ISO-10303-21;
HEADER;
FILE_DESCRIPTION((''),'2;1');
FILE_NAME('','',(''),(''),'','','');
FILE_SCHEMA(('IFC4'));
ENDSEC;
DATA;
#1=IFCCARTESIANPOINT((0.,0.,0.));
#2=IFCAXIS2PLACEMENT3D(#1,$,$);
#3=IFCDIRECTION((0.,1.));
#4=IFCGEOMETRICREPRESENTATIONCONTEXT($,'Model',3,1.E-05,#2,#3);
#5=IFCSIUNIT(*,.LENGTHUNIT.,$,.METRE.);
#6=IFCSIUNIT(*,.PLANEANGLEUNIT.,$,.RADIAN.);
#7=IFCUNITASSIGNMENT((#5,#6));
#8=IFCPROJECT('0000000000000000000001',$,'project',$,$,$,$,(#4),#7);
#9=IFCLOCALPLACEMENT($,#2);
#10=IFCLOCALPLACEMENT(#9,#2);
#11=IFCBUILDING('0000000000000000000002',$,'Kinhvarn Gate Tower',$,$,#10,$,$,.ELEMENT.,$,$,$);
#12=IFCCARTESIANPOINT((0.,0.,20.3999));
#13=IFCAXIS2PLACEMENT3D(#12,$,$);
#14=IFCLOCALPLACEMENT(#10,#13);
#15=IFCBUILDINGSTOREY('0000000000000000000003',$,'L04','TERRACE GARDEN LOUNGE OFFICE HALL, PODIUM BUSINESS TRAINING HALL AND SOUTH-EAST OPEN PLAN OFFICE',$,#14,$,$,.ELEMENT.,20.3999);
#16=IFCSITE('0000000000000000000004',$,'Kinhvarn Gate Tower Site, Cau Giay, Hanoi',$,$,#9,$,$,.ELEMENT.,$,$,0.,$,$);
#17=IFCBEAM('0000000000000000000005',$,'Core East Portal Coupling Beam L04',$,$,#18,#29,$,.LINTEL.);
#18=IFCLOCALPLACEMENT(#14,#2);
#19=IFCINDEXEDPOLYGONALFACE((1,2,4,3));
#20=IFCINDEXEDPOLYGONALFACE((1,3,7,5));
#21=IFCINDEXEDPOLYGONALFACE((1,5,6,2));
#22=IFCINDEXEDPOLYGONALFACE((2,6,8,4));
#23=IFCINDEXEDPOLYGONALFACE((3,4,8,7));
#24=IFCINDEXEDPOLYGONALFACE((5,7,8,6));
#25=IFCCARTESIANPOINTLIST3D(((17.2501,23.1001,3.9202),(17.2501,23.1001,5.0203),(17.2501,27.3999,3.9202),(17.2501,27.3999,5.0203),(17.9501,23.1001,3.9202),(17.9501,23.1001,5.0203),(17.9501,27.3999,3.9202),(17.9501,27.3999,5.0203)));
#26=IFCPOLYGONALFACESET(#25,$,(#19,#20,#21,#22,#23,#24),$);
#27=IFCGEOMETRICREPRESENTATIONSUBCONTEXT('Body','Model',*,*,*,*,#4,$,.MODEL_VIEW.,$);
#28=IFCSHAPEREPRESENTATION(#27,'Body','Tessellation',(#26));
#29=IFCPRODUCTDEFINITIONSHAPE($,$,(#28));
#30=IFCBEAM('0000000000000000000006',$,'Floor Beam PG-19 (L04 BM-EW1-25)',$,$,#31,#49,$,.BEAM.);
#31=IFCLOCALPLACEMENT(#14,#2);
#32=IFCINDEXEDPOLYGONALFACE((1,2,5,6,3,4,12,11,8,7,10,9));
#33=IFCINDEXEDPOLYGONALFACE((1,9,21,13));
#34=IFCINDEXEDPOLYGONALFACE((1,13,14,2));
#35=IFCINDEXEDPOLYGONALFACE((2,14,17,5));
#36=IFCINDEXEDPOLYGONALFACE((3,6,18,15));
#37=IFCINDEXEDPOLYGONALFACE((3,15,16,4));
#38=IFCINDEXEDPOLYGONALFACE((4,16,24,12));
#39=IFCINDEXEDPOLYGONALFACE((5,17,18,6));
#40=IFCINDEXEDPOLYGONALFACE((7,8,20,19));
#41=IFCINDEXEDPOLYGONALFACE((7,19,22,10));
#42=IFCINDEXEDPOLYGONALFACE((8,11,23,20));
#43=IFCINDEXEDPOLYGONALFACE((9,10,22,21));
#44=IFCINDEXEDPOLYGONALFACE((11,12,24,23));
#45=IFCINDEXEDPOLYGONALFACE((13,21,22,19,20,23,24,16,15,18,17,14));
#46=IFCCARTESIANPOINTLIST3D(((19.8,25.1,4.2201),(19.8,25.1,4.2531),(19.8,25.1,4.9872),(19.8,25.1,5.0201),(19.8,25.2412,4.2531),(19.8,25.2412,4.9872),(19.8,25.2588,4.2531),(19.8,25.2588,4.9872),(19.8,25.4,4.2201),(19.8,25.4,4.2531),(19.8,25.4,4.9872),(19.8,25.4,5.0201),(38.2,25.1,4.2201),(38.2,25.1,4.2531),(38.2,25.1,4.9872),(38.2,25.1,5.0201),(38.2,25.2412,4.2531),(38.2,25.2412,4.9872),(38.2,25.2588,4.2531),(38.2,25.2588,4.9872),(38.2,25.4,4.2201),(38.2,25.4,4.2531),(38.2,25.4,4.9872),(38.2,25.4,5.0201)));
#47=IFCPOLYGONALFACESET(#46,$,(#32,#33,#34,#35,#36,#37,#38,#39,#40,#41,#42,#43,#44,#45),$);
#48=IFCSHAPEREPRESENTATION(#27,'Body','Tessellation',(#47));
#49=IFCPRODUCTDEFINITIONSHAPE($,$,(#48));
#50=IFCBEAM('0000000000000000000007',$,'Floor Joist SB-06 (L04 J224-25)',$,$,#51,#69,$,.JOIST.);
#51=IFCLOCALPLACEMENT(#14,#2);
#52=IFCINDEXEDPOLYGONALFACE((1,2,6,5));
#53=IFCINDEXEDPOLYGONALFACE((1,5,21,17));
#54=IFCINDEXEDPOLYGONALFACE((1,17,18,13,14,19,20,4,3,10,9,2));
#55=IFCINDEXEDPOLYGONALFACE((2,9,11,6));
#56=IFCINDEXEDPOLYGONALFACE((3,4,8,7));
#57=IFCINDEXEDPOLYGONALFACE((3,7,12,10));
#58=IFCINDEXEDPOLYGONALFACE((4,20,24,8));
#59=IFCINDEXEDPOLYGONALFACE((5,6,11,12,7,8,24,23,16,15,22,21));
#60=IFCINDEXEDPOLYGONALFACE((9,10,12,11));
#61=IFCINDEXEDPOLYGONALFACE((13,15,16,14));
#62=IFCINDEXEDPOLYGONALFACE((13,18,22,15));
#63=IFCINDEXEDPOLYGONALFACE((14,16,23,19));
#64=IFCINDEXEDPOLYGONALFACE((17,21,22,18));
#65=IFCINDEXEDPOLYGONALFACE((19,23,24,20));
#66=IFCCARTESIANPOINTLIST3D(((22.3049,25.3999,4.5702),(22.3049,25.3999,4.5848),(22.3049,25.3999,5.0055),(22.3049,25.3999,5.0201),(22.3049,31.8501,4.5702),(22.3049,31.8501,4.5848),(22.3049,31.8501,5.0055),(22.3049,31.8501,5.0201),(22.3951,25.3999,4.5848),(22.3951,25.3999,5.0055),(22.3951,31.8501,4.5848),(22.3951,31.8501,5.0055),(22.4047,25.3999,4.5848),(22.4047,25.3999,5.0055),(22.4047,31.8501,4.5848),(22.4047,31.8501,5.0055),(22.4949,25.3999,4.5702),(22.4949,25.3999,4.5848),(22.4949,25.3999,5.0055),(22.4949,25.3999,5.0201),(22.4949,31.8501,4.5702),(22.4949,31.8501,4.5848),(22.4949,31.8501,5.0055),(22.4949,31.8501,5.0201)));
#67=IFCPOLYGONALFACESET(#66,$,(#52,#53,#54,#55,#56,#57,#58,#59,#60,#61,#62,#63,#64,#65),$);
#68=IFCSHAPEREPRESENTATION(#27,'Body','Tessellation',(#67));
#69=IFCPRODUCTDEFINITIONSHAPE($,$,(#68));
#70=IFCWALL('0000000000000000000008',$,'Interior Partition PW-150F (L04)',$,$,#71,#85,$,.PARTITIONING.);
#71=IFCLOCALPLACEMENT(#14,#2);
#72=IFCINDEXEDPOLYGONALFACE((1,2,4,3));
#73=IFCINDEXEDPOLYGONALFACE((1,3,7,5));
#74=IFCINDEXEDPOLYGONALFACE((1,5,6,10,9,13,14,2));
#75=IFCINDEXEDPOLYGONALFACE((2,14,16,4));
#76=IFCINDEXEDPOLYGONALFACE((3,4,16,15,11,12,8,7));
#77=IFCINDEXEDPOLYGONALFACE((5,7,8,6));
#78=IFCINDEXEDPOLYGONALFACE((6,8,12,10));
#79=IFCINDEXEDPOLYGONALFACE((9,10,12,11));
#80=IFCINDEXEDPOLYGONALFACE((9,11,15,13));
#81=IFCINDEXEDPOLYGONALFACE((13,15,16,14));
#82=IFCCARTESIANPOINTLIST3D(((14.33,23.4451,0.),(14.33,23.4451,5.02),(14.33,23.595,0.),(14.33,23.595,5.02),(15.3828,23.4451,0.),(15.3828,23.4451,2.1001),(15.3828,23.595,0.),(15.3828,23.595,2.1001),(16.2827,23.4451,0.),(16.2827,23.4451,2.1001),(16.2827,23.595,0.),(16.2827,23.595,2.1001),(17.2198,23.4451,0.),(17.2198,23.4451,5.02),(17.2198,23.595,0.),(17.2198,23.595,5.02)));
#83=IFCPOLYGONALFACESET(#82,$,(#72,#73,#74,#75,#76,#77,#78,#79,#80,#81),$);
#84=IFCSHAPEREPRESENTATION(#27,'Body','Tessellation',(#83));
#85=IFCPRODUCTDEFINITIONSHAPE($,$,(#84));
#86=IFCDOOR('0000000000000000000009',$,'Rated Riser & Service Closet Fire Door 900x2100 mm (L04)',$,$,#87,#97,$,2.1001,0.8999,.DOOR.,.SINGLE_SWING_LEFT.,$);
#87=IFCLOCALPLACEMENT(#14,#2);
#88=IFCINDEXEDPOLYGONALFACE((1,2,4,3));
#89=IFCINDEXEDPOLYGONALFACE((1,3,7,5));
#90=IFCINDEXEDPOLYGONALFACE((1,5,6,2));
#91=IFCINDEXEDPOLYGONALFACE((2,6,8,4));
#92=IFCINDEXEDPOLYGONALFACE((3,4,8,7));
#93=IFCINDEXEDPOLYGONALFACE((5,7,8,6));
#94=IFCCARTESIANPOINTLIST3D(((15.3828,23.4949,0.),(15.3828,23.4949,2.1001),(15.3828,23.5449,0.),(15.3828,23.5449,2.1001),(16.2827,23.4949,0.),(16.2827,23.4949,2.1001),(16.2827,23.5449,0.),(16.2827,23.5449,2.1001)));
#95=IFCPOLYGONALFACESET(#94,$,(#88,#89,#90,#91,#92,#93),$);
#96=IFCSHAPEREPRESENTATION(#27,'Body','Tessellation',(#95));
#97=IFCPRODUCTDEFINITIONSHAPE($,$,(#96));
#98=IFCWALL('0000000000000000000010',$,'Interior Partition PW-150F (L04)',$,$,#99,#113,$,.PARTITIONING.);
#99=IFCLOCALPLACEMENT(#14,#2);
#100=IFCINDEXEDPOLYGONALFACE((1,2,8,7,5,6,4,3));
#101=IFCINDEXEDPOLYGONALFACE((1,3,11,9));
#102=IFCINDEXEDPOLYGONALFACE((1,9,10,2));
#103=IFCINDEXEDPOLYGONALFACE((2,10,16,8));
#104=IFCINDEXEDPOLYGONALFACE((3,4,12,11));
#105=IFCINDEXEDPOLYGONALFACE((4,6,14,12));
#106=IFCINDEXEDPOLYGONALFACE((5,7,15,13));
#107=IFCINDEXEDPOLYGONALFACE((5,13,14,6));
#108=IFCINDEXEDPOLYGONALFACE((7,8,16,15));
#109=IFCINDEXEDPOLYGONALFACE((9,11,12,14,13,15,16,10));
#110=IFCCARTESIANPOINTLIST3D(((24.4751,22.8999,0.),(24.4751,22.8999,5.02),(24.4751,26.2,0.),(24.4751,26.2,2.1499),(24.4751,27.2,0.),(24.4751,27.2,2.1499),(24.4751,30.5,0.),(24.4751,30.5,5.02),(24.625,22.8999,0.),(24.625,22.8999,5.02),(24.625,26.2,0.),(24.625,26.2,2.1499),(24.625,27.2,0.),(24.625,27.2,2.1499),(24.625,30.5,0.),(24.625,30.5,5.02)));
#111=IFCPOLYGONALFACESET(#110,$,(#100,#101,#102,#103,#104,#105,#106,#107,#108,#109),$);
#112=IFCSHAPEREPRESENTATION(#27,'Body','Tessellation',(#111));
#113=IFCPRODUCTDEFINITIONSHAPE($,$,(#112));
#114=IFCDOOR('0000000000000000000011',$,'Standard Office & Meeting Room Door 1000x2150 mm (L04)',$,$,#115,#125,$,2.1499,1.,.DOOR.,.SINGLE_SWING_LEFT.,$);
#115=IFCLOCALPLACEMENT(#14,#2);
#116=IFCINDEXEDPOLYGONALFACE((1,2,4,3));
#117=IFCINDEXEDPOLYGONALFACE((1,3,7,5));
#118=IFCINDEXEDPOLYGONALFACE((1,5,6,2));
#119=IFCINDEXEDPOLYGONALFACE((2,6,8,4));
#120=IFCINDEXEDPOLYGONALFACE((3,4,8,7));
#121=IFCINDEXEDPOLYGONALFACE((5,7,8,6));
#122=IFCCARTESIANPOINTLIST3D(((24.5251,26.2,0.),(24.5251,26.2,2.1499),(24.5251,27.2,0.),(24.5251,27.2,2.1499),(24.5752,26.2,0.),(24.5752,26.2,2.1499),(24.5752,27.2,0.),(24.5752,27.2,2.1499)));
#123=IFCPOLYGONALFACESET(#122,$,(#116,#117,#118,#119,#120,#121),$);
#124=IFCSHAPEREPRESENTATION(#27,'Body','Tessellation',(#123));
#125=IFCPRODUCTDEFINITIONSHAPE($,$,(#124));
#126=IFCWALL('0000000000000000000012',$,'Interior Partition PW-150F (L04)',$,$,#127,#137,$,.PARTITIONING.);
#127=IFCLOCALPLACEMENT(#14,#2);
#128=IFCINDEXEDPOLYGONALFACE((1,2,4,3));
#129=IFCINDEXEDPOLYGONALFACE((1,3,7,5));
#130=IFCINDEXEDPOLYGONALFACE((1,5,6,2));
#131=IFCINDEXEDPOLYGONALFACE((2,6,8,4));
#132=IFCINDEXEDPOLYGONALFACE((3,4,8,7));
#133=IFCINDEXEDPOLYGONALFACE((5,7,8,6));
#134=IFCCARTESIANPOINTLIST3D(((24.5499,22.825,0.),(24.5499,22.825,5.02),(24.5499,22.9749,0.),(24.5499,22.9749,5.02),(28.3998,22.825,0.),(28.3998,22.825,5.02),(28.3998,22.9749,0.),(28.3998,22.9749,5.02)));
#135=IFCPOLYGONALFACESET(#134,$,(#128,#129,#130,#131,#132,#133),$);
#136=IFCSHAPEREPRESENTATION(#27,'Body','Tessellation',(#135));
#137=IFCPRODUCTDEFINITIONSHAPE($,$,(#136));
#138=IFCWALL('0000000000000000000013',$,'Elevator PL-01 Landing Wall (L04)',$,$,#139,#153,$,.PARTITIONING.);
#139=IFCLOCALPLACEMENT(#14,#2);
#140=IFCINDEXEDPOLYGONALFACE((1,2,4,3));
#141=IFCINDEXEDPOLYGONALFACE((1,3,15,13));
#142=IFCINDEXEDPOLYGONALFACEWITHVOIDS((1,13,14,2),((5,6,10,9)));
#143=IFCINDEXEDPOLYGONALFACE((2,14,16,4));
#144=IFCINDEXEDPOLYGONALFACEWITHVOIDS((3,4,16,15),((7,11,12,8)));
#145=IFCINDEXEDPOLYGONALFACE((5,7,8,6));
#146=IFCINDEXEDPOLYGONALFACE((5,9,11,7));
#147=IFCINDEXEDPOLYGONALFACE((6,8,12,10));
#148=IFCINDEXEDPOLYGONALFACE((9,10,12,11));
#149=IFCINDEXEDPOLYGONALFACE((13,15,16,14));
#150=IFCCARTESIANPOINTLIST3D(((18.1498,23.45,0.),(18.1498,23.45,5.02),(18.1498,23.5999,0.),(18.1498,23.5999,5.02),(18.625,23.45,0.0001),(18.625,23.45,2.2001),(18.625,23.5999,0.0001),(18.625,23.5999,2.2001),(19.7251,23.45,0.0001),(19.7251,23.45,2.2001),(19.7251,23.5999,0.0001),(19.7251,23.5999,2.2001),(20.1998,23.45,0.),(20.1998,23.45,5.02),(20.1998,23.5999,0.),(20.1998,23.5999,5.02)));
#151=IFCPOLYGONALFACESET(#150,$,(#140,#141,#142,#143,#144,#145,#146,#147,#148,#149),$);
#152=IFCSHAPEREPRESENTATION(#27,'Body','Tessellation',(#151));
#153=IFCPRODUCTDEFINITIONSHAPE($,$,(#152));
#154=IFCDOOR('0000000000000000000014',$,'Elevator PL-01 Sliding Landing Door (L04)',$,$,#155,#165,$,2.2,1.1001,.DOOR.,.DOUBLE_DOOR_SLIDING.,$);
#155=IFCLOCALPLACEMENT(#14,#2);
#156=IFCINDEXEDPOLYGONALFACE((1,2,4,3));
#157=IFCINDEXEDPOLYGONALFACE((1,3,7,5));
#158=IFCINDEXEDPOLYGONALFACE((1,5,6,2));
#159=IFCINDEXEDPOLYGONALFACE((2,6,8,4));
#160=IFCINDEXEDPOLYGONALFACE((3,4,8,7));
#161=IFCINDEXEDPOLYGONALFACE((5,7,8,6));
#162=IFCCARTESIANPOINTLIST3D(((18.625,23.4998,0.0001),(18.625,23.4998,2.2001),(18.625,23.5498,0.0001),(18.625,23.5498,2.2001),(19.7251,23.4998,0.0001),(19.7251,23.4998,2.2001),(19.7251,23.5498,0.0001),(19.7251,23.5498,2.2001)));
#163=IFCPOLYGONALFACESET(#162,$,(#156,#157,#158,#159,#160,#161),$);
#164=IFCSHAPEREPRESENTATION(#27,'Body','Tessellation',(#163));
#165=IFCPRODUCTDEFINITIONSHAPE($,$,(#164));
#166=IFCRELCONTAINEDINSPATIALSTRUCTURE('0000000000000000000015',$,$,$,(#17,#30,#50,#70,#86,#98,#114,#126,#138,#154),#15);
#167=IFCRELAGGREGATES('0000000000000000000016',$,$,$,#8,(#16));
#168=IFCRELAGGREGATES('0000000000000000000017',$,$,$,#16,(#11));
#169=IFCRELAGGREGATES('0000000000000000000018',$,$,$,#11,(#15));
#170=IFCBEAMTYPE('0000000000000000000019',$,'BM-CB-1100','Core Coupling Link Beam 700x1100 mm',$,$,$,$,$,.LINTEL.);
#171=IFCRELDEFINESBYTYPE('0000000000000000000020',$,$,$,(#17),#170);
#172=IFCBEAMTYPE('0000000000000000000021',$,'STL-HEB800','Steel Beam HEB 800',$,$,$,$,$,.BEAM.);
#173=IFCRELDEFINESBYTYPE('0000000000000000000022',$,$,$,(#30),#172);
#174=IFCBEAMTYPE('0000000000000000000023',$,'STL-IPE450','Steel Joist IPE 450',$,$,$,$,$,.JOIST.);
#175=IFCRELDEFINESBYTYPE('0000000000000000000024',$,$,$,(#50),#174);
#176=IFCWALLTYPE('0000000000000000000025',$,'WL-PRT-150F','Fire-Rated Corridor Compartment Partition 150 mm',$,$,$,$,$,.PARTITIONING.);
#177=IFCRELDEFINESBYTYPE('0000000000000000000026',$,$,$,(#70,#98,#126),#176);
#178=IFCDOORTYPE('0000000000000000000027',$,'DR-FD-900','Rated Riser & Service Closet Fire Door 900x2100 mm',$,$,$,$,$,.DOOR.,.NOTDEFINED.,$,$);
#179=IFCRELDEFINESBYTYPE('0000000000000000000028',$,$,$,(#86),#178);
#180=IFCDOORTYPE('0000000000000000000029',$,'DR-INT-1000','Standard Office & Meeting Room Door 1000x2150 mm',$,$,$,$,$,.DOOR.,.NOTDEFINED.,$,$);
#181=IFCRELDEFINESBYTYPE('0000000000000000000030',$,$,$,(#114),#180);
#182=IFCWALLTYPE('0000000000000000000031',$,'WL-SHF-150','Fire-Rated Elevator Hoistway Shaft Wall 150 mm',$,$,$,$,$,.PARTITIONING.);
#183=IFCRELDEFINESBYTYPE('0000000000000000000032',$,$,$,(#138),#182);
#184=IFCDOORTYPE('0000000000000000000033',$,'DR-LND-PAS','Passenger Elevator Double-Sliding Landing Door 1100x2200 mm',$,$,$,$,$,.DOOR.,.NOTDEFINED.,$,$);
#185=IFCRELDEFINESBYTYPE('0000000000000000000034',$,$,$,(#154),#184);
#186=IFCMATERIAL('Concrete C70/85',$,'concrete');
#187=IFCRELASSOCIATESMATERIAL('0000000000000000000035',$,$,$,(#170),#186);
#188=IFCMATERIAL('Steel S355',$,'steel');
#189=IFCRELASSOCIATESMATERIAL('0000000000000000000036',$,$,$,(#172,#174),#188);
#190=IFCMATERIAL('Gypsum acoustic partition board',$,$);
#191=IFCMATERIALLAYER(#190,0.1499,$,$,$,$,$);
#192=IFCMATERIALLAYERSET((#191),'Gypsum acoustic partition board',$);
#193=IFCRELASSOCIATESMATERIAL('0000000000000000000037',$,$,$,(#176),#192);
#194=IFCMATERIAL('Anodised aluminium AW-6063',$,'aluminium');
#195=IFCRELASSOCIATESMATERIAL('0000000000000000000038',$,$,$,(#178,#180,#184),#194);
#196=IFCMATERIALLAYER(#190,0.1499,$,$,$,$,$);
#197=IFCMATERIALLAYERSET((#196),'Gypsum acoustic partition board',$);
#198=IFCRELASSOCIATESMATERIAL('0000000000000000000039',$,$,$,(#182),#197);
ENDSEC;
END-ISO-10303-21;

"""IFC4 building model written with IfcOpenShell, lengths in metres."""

from ifc_helpers import new_model, si_unit, direction, frame, frame_2d, origin, origin_2d, place, context, subcontext, project, spatial, rectangle, i_section, extrude, material, layer, layer_set, material_profile, profile_set, type_object, element, fill, save


model = new_model("IFC4")

# Units and contexts
model_context = context("Model", 3, precision=1e-05, world=origin(), true_north=direction((0.0, 1.0)))
body_context = subcontext(model_context, "Body", "Model", "MODEL_VIEW")
ifc_project = project(units=[si_unit("LENGTHUNIT", "METRE"), si_unit("PLANEANGLEUNIT", "RADIAN")], contexts=[model_context])

# Site, building, storey
site_placement = place(None, origin())
site = spatial("IfcSite", under=ifc_project, at=site_placement, Name="Kinhvarn Gate Tower Site, Cau Giay, Hanoi", CompositionType="ELEMENT", RefElevation=0.0)
building_placement = place(site_placement, origin())
building = spatial("IfcBuilding", under=site, at=building_placement, Name="Kinhvarn Gate Tower", CompositionType="ELEMENT")
storey_placement = place(building_placement, frame((0.0, 0.0, 20.3999)))
storey = spatial("IfcBuildingStorey", under=building, at=storey_placement, Name="L04", Description="TERRACE GARDEN LOUNGE OFFICE HALL, PODIUM BUSINESS TRAINING HALL AND SOUTH-EAST OPEN PLAN OFFICE", CompositionType="ELEMENT", Elevation=20.3999)

# Beams
ifc_material_1 = material(Name="Concrete C70/85", Category="concrete")
ifc_material_profile_1 = material_profile(ifc_material_1, rectangle(XDim=0.7, YDim=1.1001, at=origin_2d()), Name="RC 700x1100")
ifc_profile_set_1 = profile_set([ifc_material_profile_1], Name="Concrete C70/85")
beam_type_1 = type_object("IfcBeamType", Name="BM-CB-1100", Description="Core Coupling Link Beam 700x1100 mm", PredefinedType="LINTEL", material=ifc_profile_set_1)
beam_1_placement = place(storey_placement, frame((17.6001, 23.1001, 4.4702), z_axis=(0.0, 1.0, 0.0), x_axis=(-1.0, 0.0, 0.0)))
element("IfcBeam", 1, at=beam_1_placement, inside=storey, type_object=beam_type_1, Name="Core East Portal Coupling Beam L04", PredefinedType="LINTEL", context=body_context, shape_type="SweptSolid", body=[
    extrude(rectangle(XDim=0.7, YDim=1.1001, at=origin_2d()), origin(), (0.0, 0.0, 1.0), 4.2998),
])
ifc_material_2 = material(Name="Steel S355", Category="steel")
ifc_material_profile_2 = material_profile(ifc_material_2, i_section(OverallWidth=0.3, OverallDepth=0.8, WebThickness=0.0176, FlangeThickness=0.033, at=origin_2d()), Name="HEB 800")
ifc_profile_set_2 = profile_set([ifc_material_profile_2], Name="Steel S355")
beam_type_2 = type_object("IfcBeamType", Name="STL-HEB800", Description="Steel Beam HEB 800", PredefinedType="BEAM", material=ifc_profile_set_2)
beam_2_placement = place(storey_placement, frame((19.8, 25.25, 4.6201), z_axis=(1.0, 0.0, 0.0), x_axis=(0.0, 1.0, 0.0)))
element("IfcBeam", 2, at=beam_2_placement, inside=storey, type_object=beam_type_2, Name="Floor Beam PG-19 (L04 BM-EW1-25)", PredefinedType="BEAM", context=body_context, shape_type="SweptSolid", body=[
    extrude(i_section(OverallWidth=0.3, OverallDepth=0.8, WebThickness=0.0176, FlangeThickness=0.033, at=origin_2d()), origin(), (0.0, 0.0, 1.0), 18.3999),
])
ifc_material_profile_3 = material_profile(ifc_material_2, i_section(OverallWidth=0.1899, OverallDepth=0.45, WebThickness=0.0095, FlangeThickness=0.0146, at=origin_2d()), Name="IPE 450")
ifc_profile_set_3 = profile_set([ifc_material_profile_3], Name="Steel S355")
beam_type_3 = type_object("IfcBeamType", Name="STL-IPE450", Description="Steel Joist IPE 450", PredefinedType="JOIST", material=ifc_profile_set_3)
beam_3_placement = place(storey_placement, frame((22.3999, 25.3999, 4.7952), z_axis=(0.0, 1.0, 0.0), x_axis=(-1.0, 0.0, 0.0)))
element("IfcBeam", 3, at=beam_3_placement, inside=storey, type_object=beam_type_3, Name="Floor Joist SB-06 (L04 J224-25)", PredefinedType="JOIST", context=body_context, shape_type="SweptSolid", body=[
    extrude(i_section(OverallWidth=0.1899, OverallDepth=0.45, WebThickness=0.0095, FlangeThickness=0.0146, at=origin_2d()), origin(), (0.0, 0.0, 1.0), 6.4502),
])

# Walls, openings, doors
ifc_material_3 = material(Name="Gypsum acoustic partition board")
ifc_layer_1 = layer(ifc_material_3, 0.1499)
ifc_layer_set_1 = layer_set([ifc_layer_1], Name="Gypsum acoustic partition board")
wall_type_1 = type_object("IfcWallType", Name="WL-PRT-150F", Description="Fire-Rated Corridor Compartment Partition 150 mm", PredefinedType="PARTITIONING", material=ifc_layer_set_1)
wall_1_placement = place(storey_placement, frame((14.3301, 23.52, 0.0), z_axis=(0.0, 0.0, 1.0), x_axis=(1.0, 0.0, 0.0)))
wall_1 = element("IfcWall", 4, at=wall_1_placement, inside=storey, type_object=wall_type_1, Name="Interior Partition PW-150F (L04)", PredefinedType="PARTITIONING", context=body_context, shape_type="SweptSolid", body=[
    extrude(rectangle(XDim=2.8899, YDim=0.1499, at=frame_2d((1.4448, 0.0))), origin(), (0.0, 0.0, 1.0), 5.02),
])
opening_1_placement = place(wall_1_placement, frame((1.0527, 0.0, 0.0)))
opening_1 = element("IfcOpeningElement", 5, at=opening_1_placement, cuts=wall_1, PredefinedType="OPENING", context=body_context, shape_type="SweptSolid", body=[
    extrude(rectangle(XDim=0.8999, YDim=2.1001, at=frame_2d((0.45, 1.05))), frame((0.0, 0.085, 0.0), z_axis=(0.0, -1.0, 0.0), x_axis=(1.0, 0.0, 0.0)), (0.0, 0.0, 1.0), 0.1699),
])
ifc_material_4 = material(Name="Anodised aluminium AW-6063", Category="aluminium")
door_type_1 = type_object("IfcDoorType", Name="DR-FD-900", Description="Rated Riser & Service Closet Fire Door 900x2100 mm", OperationType="NOTDEFINED", PredefinedType="DOOR", material=ifc_material_4)
door_1_placement = place(opening_1_placement, origin())
door_1 = element("IfcDoor", 6, at=door_1_placement, inside=storey, type_object=door_type_1, Name="Rated Riser & Service Closet Fire Door 900x2100 mm (L04)", OperationType="SINGLE_SWING_LEFT", OverallHeight=2.1001, OverallWidth=0.8999, PredefinedType="DOOR", context=body_context, shape_type="SweptSolid", body=[
    extrude(rectangle(XDim=0.8999, YDim=2.1001, at=frame_2d((0.45, 1.05))), frame((0.0, 0.0249, 0.0), z_axis=(0.0, -1.0, 0.0), x_axis=(1.0, 0.0, 0.0)), (0.0, 0.0, 1.0), 0.05),
])
fill(opening_1, door_1)
wall_2_placement = place(storey_placement, frame((24.55, 22.8999, 0.0), z_axis=(0.0, 0.0, 1.0), x_axis=(0.0, 1.0, 0.0)))
wall_2 = element("IfcWall", 7, at=wall_2_placement, inside=storey, type_object=wall_type_1, Name="Interior Partition PW-150F (L04)", PredefinedType="PARTITIONING", context=body_context, shape_type="SweptSolid", body=[
    extrude(rectangle(XDim=7.6001, YDim=0.1499, at=frame_2d((3.8, 0.0))), origin(), (0.0, 0.0, 1.0), 5.02),
])
opening_2_placement = place(wall_2_placement, frame((3.3, 0.0, 0.0)))
opening_2 = element("IfcOpeningElement", 8, at=opening_2_placement, cuts=wall_2, PredefinedType="OPENING", context=body_context, shape_type="SweptSolid", body=[
    extrude(rectangle(XDim=1.0, YDim=2.1499, at=frame_2d((0.5, 1.075))), frame((0.0, 0.085, 0.0), z_axis=(0.0, -1.0, 0.0), x_axis=(1.0, 0.0, 0.0)), (0.0, 0.0, 1.0), 0.1699),
])
door_type_2 = type_object("IfcDoorType", Name="DR-INT-1000", Description="Standard Office & Meeting Room Door 1000x2150 mm", OperationType="NOTDEFINED", PredefinedType="DOOR", material=ifc_material_4)
door_2_placement = place(opening_2_placement, origin())
door_2 = element("IfcDoor", 9, at=door_2_placement, inside=storey, type_object=door_type_2, Name="Standard Office & Meeting Room Door 1000x2150 mm (L04)", OperationType="SINGLE_SWING_LEFT", OverallHeight=2.1499, OverallWidth=1.0, PredefinedType="DOOR", context=body_context, shape_type="SweptSolid", body=[
    extrude(rectangle(XDim=1.0, YDim=2.1499, at=frame_2d((0.5, 1.075))), frame((0.0, 0.0249, 0.0), z_axis=(0.0, -1.0, 0.0), x_axis=(1.0, 0.0, 0.0)), (0.0, 0.0, 1.0), 0.05),
])
fill(opening_2, door_2)

# Wall
wall_3_placement = place(storey_placement, frame((24.55, 22.8999, 0.0), z_axis=(0.0, 0.0, 1.0), x_axis=(1.0, 0.0, 0.0)))
element("IfcWall", 10, at=wall_3_placement, inside=storey, type_object=wall_type_1, Name="Interior Partition PW-150F (L04)", PredefinedType="PARTITIONING", context=body_context, shape_type="SweptSolid", body=[
    extrude(rectangle(XDim=3.8499, YDim=0.1499, at=frame_2d((1.9248, 0.0))), origin(), (0.0, 0.0, 1.0), 5.02),
])

# Wall, opening, door
ifc_layer_2 = layer(ifc_material_3, 0.1499)
ifc_layer_set_2 = layer_set([ifc_layer_2], Name="Gypsum acoustic partition board")
wall_type_2 = type_object("IfcWallType", Name="WL-SHF-150", Description="Fire-Rated Elevator Hoistway Shaft Wall 150 mm", PredefinedType="PARTITIONING", material=ifc_layer_set_2)
wall_4_placement = place(storey_placement, frame((18.1499, 23.5249, 0.0), z_axis=(0.0, 0.0, 1.0), x_axis=(1.0, 0.0, 0.0)))
wall_4 = element("IfcWall", 11, at=wall_4_placement, inside=storey, type_object=wall_type_2, Name="Elevator PL-01 Landing Wall (L04)", PredefinedType="PARTITIONING", context=body_context, shape_type="SweptSolid", body=[
    extrude(rectangle(XDim=2.05, YDim=0.1499, at=frame_2d((1.0249, 0.0))), origin(), (0.0, 0.0, 1.0), 5.02),
])
opening_3_placement = place(wall_4_placement, frame((0.4751, 0.0, 0.0)))
opening_3 = element("IfcOpeningElement", 12, at=opening_3_placement, cuts=wall_4, PredefinedType="OPENING", context=body_context, shape_type="SweptSolid", body=[
    extrude(rectangle(XDim=1.1001, YDim=2.2, at=frame_2d((0.55, 1.1001))), frame((0.0, 0.085, 0.0), z_axis=(0.0, -1.0, 0.0), x_axis=(1.0, 0.0, 0.0)), (0.0, 0.0, 1.0), 0.1699),
])
door_type_3 = type_object("IfcDoorType", Name="DR-LND-PAS", Description="Passenger Elevator Double-Sliding Landing Door 1100x2200 mm", OperationType="NOTDEFINED", PredefinedType="DOOR", material=ifc_material_4)
door_3_placement = place(opening_3_placement, origin())
door_3 = element("IfcDoor", 13, at=door_3_placement, inside=storey, type_object=door_type_3, Name="Elevator PL-01 Sliding Landing Door (L04)", OperationType="DOUBLE_DOOR_SLIDING", OverallHeight=2.2, OverallWidth=1.1001, PredefinedType="DOOR", context=body_context, shape_type="SweptSolid", body=[
    extrude(rectangle(XDim=1.1001, YDim=2.2, at=frame_2d((0.55, 1.1001))), frame((0.0, 0.0249, 0.0), z_axis=(0.0, -1.0, 0.0), x_axis=(1.0, 0.0, 0.0)), (0.0, 0.0, 1.0), 0.05),
])
fill(opening_3, door_3)

save(model, "model.ifc")
